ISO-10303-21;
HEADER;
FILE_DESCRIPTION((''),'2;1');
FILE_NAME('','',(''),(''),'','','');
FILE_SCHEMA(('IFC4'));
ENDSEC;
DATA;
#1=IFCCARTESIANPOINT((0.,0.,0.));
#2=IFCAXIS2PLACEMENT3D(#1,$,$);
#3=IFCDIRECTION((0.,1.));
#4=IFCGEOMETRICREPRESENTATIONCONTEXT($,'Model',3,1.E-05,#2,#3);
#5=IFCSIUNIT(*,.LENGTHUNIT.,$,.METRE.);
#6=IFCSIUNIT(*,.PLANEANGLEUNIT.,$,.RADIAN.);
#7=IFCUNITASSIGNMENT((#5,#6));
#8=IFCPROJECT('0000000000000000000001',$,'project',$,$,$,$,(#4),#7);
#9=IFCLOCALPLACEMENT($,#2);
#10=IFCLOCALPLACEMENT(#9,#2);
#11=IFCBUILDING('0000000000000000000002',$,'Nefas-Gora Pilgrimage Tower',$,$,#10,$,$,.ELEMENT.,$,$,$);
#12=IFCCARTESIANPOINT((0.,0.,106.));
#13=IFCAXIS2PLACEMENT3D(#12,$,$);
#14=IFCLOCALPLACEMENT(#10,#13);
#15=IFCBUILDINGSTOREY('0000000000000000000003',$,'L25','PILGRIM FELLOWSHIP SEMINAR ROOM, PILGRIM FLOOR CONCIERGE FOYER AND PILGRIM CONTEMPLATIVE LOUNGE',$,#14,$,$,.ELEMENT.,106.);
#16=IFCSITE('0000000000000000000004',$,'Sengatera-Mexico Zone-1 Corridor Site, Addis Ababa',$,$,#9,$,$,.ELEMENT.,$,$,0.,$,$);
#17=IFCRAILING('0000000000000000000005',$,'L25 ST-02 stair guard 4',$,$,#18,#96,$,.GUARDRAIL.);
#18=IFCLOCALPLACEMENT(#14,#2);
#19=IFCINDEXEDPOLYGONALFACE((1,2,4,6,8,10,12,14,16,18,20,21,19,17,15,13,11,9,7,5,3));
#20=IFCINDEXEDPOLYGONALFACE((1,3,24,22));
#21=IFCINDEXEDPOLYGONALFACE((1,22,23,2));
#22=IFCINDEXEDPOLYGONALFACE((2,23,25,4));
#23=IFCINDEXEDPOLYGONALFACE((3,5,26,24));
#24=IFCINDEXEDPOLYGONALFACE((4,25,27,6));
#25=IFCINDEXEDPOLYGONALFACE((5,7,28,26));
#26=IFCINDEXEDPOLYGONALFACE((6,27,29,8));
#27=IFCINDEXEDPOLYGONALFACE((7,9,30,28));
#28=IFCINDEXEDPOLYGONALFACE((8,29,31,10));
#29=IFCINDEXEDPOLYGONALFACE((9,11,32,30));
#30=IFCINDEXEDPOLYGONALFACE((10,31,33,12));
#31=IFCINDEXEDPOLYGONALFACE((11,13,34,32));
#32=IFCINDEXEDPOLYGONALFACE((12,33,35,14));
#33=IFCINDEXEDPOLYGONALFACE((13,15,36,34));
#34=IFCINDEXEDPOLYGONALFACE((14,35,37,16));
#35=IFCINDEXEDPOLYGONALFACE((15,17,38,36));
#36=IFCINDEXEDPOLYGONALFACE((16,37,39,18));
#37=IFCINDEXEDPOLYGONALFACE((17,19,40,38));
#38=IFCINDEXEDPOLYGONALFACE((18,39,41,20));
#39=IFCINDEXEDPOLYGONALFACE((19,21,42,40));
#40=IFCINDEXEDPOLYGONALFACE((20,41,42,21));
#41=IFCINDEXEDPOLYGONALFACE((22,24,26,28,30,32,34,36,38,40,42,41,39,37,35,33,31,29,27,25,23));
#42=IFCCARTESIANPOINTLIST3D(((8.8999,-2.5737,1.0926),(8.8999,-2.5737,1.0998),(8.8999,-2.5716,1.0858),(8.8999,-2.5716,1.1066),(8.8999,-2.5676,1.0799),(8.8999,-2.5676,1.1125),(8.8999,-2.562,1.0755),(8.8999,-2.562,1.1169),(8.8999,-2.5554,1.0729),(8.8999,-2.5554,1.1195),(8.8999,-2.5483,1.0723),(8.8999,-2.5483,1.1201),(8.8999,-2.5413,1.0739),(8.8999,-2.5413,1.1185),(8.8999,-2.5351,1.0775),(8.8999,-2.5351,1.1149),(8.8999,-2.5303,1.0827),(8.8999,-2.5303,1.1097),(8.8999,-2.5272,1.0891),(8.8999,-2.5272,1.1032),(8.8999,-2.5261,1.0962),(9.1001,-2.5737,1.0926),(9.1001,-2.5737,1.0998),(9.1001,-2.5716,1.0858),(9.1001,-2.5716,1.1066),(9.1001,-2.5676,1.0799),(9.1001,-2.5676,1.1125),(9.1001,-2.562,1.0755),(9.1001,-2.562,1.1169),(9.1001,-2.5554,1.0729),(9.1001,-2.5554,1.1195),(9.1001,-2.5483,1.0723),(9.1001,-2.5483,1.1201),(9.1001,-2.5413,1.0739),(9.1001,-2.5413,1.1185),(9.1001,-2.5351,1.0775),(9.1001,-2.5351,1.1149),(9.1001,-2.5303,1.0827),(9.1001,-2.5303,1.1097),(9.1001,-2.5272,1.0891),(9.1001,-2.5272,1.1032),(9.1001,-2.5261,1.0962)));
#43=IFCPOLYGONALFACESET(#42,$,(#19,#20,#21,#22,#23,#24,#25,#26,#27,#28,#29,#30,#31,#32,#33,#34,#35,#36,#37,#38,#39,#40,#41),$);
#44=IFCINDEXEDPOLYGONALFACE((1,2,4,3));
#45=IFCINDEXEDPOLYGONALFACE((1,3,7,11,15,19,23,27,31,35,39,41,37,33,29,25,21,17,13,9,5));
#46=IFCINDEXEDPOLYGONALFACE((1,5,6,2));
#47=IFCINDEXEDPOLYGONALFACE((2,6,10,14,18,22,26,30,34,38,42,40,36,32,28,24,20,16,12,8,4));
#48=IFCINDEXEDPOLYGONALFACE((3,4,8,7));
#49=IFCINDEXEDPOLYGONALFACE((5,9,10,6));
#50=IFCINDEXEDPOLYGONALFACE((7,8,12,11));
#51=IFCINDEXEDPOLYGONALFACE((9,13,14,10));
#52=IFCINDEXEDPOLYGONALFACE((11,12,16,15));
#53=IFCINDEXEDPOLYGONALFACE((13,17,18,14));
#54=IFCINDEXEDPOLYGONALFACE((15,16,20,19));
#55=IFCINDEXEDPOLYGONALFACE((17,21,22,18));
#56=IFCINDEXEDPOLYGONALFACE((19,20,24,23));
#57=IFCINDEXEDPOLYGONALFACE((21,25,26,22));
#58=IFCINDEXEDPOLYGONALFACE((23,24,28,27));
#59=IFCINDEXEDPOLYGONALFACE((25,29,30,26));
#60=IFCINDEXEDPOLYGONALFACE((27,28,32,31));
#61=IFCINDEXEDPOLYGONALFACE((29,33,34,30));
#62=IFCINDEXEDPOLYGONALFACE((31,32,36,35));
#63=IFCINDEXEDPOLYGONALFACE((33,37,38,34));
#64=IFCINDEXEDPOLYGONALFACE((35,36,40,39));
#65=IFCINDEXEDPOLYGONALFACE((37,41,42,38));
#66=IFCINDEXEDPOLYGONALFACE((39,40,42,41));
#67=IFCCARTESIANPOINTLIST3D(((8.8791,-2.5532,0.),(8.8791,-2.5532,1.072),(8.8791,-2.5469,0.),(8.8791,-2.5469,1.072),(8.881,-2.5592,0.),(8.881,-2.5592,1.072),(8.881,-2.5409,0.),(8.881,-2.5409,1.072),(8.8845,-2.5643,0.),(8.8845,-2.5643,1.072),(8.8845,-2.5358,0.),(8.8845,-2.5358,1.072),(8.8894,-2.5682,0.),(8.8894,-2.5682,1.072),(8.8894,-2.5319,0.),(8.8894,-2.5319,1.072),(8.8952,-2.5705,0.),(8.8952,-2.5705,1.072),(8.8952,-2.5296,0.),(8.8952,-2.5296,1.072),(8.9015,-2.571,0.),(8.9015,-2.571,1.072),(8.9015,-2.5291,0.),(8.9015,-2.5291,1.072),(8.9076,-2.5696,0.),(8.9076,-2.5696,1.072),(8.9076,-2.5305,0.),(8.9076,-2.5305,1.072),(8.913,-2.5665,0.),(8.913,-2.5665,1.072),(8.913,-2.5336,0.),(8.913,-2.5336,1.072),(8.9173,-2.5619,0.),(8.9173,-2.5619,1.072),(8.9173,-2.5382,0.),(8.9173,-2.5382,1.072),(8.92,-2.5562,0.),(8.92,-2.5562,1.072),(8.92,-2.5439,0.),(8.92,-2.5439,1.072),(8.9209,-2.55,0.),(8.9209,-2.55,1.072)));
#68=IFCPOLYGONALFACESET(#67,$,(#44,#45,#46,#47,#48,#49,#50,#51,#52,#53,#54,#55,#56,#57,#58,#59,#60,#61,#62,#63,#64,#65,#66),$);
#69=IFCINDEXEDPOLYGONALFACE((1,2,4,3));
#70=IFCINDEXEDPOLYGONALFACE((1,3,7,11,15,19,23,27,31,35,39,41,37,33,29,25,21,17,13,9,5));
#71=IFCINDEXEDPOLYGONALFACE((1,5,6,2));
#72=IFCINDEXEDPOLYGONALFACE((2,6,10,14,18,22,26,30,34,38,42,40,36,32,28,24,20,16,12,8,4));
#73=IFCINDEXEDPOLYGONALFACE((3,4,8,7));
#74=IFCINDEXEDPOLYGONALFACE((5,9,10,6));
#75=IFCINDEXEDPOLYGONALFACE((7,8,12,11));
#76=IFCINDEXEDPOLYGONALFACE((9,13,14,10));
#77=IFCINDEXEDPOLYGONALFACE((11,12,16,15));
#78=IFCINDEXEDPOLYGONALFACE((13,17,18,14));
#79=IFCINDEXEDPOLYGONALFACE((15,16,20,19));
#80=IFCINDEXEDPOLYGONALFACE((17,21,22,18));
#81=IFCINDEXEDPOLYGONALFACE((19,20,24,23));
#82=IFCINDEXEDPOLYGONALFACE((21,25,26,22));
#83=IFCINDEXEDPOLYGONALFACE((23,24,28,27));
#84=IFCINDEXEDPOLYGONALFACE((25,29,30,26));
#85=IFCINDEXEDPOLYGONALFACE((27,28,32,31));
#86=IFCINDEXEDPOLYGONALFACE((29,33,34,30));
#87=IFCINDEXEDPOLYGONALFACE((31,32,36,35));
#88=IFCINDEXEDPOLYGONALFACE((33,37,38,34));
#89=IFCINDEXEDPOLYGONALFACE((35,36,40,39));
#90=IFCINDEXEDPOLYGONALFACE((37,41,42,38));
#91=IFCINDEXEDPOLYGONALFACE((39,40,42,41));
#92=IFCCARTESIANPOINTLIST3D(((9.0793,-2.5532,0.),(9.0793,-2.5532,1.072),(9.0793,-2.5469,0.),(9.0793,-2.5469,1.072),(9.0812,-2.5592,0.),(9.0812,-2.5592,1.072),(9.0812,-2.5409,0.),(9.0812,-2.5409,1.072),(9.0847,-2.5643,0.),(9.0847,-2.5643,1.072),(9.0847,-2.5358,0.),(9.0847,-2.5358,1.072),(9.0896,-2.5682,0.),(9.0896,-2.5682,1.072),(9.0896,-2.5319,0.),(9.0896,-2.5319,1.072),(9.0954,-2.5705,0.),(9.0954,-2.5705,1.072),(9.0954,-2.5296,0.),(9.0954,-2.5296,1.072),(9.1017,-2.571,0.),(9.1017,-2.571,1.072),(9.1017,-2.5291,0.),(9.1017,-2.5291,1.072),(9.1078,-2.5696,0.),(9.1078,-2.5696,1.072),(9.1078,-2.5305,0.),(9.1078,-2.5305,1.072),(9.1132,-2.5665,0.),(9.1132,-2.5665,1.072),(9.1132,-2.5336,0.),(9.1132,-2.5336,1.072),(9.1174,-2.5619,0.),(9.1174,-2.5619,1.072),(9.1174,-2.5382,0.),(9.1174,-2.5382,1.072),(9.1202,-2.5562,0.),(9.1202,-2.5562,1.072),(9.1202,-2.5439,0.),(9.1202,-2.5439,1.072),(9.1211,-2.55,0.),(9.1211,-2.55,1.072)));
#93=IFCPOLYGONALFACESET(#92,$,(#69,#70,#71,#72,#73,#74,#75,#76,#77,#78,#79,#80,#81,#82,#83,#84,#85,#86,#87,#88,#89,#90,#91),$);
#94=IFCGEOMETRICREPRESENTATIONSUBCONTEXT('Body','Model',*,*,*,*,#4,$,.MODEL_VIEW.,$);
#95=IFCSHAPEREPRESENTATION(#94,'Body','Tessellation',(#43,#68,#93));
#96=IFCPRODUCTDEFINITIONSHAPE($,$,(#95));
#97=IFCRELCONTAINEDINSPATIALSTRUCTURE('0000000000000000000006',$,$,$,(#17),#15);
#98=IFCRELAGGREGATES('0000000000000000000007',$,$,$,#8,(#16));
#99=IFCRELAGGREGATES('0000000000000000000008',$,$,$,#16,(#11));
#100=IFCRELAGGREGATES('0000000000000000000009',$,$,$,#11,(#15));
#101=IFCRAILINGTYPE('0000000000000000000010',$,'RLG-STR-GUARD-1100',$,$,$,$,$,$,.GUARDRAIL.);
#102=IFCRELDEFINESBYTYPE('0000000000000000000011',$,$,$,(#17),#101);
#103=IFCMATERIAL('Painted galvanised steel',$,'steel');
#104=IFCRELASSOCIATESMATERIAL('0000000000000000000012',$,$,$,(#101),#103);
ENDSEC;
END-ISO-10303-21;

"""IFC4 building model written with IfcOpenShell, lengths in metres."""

from ifc_helpers import new_model, si_unit, direction, frame, origin, origin_2d, place, context, subcontext, project, spatial, circle, extrude, material, type_object, element, save


model = new_model("IFC4")

# Units and contexts
model_context = context("Model", 3, precision=1e-05, world=origin(), true_north=direction((0.0, 1.0)))
body_context = subcontext(model_context, "Body", "Model", "MODEL_VIEW")
ifc_project = project(units=[si_unit("LENGTHUNIT", "METRE"), si_unit("PLANEANGLEUNIT", "RADIAN")], contexts=[model_context])

# Site, building, storey
site_placement = place(None, origin())
site = spatial("IfcSite", under=ifc_project, at=site_placement, Name="Sengatera-Mexico Zone-1 Corridor Site, Addis Ababa", CompositionType="ELEMENT", RefElevation=0.0)
building_placement = place(site_placement, origin())
building = spatial("IfcBuilding", under=site, at=building_placement, Name="Nefas-Gora Pilgrimage Tower", CompositionType="ELEMENT")
storey_placement = place(building_placement, frame((0.0, 0.0, 106.0)))
storey = spatial("IfcBuildingStorey", under=building, at=storey_placement, Name="L25", Description="PILGRIM FELLOWSHIP SEMINAR ROOM, PILGRIM FLOOR CONCIERGE FOYER AND PILGRIM CONTEMPLATIVE LOUNGE", CompositionType="ELEMENT", Elevation=106.0)

# Railing
ifc_material_1 = material(Name="Painted galvanised steel", Category="steel")
railing_type_1 = type_object("IfcRailingType", Name="RLG-STR-GUARD-1100", PredefinedType="GUARDRAIL", material=ifc_material_1)
railing_1_placement = place(storey_placement, frame((8.8999, -2.55, 0.0)))
element("IfcRailing", 1, at=railing_1_placement, inside=storey, type_object=railing_type_1, Name="L25 ST-02 stair guard 4", PredefinedType="GUARDRAIL", context=body_context, shape_type="SweptSolid", body=[
    extrude(circle(Radius=0.0239, at=origin_2d()), frame((0.0, 0.0, 1.0962), z_axis=(1.0, 0.0, 0.0), x_axis=(0.0, 1.0, 0.0)), (0.0, 0.0, 1.0), 0.2002),
    extrude(circle(Radius=0.021, at=origin_2d()), origin(), (0.0, 0.0, 1.0), 1.072),
    extrude(circle(Radius=0.021, at=origin_2d()), frame((0.2002, 0.0, 0.0)), (0.0, 0.0, 1.0), 1.072),
])

save(model, "model.ifc")
